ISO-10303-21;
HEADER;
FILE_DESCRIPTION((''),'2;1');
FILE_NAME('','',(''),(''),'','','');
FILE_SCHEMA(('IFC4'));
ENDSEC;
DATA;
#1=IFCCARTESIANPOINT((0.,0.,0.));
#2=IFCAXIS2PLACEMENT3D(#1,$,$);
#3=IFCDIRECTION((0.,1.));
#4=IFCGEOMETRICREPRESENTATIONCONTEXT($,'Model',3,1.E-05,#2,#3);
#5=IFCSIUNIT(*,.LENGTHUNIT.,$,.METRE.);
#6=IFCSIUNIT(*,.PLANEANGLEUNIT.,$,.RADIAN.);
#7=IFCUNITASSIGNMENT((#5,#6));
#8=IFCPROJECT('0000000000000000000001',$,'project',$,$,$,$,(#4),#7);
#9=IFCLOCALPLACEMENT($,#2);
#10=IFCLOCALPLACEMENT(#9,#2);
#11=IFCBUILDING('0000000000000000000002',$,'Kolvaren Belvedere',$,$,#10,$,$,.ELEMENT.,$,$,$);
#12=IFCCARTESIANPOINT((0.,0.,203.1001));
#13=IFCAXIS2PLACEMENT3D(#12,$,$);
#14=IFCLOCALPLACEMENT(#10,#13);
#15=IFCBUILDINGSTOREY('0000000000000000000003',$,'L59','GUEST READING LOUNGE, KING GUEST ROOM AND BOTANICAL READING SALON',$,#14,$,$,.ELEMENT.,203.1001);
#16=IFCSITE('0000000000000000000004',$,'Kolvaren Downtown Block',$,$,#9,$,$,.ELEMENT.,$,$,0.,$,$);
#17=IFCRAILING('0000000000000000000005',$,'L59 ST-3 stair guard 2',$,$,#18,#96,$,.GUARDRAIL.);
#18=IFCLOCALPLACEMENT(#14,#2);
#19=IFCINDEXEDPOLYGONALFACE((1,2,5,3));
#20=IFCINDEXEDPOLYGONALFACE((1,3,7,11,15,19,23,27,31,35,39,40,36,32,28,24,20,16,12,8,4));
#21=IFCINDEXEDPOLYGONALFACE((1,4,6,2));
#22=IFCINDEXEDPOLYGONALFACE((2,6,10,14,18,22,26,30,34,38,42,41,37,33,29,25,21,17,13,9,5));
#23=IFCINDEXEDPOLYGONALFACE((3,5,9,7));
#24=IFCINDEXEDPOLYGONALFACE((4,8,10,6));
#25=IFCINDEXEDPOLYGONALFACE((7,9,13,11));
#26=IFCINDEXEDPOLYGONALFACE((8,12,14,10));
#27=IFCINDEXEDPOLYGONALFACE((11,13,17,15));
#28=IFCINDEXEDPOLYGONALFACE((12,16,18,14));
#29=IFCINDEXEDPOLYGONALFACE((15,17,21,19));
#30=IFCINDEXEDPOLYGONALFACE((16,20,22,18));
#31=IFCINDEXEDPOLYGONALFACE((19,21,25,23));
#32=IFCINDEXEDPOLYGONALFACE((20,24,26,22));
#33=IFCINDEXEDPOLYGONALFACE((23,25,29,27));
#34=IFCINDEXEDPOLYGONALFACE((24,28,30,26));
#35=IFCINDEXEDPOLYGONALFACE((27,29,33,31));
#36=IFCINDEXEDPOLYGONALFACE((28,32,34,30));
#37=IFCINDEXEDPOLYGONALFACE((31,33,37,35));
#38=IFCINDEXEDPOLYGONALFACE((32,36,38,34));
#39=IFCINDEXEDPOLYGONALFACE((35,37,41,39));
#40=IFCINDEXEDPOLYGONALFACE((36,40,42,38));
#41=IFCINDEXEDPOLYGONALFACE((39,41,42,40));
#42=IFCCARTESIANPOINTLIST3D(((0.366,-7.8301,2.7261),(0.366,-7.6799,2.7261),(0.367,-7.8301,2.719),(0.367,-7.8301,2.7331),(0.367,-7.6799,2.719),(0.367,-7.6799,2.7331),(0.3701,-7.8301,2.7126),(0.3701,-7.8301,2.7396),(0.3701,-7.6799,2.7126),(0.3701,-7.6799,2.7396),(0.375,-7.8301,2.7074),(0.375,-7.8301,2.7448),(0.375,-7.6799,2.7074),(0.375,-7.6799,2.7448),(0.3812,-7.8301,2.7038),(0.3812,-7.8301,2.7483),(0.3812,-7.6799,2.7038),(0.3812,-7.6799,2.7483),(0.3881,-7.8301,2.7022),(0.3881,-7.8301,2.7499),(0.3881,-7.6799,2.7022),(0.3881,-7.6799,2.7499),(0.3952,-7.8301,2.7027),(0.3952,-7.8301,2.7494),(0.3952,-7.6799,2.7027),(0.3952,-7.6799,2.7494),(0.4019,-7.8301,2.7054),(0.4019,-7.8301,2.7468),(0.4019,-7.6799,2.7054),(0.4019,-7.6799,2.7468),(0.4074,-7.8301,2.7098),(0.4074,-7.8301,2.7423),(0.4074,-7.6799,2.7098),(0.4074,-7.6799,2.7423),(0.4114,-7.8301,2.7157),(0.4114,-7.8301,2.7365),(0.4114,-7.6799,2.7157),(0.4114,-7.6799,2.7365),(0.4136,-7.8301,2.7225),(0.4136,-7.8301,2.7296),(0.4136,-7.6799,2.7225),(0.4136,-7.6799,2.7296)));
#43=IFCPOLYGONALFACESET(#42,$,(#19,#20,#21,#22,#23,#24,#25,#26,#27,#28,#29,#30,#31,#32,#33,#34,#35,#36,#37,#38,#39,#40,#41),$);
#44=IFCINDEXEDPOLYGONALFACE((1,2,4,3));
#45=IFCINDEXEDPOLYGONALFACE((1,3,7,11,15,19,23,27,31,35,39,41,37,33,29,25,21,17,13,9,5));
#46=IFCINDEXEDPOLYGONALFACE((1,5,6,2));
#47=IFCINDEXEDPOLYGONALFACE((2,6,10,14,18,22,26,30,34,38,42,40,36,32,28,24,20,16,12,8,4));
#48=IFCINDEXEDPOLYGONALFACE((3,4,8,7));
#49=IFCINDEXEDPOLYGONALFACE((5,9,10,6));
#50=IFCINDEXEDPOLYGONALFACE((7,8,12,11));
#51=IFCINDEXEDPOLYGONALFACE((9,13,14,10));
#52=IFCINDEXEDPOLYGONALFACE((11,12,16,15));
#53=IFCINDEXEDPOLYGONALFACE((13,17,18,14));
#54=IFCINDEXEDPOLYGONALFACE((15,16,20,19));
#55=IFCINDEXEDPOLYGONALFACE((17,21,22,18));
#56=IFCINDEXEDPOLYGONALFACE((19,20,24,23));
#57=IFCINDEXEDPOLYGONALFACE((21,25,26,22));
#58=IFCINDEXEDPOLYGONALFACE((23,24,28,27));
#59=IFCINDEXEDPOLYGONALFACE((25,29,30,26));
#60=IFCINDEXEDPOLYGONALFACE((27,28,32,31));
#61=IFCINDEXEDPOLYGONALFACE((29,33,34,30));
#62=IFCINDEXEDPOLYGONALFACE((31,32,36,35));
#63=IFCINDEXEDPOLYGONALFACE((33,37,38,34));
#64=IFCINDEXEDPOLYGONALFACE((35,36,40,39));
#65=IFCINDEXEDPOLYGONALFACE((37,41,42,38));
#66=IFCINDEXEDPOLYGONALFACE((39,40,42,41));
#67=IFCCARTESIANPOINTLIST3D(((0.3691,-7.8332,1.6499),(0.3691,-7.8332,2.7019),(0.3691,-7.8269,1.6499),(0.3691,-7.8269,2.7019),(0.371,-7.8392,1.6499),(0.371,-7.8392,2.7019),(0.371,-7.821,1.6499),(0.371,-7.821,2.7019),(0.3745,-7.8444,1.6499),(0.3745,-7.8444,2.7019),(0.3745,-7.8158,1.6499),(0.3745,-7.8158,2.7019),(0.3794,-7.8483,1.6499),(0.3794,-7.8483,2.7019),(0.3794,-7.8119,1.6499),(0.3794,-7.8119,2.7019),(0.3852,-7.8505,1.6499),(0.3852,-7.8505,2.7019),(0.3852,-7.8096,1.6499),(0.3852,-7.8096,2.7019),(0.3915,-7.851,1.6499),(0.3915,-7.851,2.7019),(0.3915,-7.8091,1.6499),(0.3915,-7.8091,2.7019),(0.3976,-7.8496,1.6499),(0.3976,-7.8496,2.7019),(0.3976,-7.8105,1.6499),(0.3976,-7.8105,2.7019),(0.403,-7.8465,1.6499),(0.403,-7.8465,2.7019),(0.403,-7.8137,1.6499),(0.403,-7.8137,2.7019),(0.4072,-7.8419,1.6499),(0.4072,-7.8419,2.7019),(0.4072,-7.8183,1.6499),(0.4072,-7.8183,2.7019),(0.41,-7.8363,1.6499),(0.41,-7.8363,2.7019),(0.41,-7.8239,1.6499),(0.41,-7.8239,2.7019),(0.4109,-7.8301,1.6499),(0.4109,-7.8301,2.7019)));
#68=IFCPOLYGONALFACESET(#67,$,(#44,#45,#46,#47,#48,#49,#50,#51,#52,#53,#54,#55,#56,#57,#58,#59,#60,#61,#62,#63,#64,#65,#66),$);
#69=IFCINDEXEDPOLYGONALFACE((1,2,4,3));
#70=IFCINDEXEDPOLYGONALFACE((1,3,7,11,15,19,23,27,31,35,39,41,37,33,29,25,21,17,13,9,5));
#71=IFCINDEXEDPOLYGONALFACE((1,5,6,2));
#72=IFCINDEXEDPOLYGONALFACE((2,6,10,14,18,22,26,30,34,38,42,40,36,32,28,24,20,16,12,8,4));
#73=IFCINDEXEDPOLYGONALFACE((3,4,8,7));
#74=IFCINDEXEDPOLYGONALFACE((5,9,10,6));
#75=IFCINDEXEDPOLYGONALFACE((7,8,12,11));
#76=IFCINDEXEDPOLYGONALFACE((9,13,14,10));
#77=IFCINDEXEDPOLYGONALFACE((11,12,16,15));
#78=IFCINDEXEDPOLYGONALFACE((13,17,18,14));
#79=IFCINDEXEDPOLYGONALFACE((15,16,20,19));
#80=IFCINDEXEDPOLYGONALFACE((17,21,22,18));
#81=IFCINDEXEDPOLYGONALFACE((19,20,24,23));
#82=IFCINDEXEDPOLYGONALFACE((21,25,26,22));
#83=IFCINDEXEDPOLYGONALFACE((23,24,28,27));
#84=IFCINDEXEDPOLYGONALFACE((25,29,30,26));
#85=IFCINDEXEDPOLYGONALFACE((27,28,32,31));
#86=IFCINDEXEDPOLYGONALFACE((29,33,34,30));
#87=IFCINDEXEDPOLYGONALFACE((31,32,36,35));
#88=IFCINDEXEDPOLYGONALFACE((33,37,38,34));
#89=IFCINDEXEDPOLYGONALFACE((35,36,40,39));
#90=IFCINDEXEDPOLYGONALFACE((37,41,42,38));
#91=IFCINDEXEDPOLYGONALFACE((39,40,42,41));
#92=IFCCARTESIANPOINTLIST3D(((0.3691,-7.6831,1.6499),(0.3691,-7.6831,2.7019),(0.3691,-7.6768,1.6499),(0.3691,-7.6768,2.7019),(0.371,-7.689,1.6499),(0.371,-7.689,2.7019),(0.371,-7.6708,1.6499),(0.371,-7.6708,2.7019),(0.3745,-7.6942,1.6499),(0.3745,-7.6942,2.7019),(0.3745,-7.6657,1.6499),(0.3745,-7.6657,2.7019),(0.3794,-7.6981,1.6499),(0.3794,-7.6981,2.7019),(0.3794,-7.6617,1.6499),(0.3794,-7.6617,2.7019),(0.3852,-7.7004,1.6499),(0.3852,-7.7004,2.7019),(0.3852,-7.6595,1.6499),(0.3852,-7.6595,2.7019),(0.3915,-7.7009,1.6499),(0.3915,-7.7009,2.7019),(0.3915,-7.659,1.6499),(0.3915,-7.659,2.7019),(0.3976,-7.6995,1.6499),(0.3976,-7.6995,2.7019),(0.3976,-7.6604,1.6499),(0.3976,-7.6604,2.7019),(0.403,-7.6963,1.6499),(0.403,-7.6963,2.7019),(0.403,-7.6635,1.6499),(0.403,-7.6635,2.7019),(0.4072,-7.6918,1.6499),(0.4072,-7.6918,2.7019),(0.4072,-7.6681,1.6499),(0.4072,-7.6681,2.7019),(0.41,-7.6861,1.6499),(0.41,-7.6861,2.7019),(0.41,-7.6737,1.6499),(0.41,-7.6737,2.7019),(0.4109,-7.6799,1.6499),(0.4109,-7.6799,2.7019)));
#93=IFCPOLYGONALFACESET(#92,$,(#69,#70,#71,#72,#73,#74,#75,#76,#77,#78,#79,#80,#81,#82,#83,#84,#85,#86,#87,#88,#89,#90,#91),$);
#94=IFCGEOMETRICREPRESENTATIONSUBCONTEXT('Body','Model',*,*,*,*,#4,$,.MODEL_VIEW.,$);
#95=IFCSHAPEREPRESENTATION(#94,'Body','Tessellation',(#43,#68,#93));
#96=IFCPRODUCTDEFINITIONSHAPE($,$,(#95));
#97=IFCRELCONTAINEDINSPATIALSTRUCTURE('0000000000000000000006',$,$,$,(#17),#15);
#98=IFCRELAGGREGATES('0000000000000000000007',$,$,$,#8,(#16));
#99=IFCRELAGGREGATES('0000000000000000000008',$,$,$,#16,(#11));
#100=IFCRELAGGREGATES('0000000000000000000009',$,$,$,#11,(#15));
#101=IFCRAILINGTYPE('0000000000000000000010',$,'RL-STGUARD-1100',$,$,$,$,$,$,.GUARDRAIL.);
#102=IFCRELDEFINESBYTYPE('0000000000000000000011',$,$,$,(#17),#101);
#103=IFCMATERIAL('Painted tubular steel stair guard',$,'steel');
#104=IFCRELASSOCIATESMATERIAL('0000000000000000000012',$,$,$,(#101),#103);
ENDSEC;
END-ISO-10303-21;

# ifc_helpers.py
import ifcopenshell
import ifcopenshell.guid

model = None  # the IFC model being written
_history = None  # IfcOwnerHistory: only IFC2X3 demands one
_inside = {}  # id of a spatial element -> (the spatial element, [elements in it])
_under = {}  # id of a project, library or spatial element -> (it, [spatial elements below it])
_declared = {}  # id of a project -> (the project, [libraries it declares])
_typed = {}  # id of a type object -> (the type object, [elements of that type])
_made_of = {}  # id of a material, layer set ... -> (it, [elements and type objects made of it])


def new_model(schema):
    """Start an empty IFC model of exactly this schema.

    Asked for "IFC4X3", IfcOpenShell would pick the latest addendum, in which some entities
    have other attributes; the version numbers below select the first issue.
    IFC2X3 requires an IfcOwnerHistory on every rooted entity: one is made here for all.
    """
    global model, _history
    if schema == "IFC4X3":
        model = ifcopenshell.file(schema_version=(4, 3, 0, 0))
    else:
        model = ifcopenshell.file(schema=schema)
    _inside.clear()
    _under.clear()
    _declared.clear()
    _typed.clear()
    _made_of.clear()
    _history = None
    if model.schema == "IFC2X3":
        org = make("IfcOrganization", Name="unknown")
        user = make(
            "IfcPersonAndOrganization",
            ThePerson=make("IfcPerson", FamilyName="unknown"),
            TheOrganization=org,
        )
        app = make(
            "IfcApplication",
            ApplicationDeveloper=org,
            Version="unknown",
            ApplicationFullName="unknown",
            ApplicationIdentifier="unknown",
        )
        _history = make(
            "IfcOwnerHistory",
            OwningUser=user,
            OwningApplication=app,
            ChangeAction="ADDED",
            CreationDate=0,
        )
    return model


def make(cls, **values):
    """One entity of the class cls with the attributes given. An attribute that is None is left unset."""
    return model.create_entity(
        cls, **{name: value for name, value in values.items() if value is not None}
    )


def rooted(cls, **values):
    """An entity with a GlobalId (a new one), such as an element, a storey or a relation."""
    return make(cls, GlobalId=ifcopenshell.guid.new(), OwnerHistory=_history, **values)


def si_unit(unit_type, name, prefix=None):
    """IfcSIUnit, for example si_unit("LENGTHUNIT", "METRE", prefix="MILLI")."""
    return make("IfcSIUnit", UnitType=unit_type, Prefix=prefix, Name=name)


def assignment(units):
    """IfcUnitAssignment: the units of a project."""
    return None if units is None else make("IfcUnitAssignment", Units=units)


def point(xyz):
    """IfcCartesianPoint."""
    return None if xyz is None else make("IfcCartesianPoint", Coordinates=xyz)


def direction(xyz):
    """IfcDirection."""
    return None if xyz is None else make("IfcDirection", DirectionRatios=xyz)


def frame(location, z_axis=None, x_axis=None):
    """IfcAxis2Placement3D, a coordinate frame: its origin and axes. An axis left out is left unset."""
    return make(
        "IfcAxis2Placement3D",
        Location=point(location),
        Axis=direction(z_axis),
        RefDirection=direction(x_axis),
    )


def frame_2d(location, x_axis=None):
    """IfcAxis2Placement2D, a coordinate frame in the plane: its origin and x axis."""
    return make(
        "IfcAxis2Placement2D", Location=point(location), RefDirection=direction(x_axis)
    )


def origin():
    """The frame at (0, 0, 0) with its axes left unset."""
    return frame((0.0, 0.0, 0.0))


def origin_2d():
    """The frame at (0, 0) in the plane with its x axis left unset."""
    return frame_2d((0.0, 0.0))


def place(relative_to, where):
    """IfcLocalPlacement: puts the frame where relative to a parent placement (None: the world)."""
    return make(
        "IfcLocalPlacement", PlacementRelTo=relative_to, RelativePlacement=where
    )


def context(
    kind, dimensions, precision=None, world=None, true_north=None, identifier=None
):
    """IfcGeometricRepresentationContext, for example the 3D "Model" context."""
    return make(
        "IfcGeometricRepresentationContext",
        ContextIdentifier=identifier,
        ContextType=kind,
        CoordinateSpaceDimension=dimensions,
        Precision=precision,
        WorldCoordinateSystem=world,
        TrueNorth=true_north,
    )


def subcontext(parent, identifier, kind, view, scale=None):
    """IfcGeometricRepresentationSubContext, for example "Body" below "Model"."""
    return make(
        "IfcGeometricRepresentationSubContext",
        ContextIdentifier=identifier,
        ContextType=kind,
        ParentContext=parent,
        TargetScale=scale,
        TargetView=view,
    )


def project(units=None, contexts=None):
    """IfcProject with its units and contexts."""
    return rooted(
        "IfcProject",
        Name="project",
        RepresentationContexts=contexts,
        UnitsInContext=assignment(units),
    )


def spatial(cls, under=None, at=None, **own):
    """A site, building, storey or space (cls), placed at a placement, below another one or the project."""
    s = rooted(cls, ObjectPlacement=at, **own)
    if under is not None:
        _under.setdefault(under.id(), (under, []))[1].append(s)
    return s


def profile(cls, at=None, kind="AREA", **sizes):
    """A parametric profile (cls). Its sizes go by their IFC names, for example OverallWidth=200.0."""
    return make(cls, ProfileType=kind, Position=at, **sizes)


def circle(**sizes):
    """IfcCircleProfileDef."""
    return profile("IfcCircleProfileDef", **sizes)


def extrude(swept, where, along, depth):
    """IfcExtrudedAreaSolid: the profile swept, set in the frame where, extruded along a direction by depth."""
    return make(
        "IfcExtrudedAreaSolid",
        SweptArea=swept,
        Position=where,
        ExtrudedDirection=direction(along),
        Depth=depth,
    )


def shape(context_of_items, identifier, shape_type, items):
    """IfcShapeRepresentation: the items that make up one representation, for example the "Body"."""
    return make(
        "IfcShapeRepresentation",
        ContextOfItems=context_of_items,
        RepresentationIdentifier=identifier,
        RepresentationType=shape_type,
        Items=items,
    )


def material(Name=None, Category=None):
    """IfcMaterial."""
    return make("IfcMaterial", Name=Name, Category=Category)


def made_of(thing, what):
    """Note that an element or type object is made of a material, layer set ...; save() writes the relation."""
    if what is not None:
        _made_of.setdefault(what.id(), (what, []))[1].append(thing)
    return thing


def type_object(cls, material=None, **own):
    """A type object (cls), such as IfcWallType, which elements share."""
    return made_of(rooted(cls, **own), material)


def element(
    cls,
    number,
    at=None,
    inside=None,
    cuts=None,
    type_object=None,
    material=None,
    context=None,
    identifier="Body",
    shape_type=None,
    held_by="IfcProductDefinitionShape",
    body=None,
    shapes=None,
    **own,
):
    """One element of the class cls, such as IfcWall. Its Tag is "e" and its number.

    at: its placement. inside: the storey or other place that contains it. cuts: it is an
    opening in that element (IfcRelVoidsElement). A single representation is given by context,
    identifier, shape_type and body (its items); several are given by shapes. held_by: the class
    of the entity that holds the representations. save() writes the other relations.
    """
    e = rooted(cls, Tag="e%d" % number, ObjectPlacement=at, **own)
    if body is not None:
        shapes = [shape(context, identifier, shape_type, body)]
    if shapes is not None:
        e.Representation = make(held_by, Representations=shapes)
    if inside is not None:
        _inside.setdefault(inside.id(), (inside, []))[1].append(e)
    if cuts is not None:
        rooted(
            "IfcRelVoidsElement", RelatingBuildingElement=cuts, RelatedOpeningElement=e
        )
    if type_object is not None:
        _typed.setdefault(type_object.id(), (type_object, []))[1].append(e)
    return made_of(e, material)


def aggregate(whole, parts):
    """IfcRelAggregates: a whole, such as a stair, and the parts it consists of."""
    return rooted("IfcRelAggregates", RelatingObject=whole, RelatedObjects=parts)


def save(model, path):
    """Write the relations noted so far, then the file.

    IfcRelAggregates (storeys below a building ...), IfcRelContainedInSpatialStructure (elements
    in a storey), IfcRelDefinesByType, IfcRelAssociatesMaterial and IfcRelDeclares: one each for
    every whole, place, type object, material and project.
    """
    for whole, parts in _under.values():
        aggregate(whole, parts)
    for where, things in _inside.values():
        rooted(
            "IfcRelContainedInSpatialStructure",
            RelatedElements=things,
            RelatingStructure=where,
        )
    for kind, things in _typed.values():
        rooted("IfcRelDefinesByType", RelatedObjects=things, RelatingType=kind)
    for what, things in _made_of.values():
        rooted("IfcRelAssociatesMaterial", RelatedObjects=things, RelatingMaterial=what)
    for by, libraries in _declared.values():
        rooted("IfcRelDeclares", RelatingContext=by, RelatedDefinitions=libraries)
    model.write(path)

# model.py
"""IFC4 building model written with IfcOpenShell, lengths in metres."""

from ifc_helpers import new_model, si_unit, direction, frame, origin, origin_2d, place, context, subcontext, project, spatial, circle, extrude, material, type_object, element, save


model = new_model("IFC4")

# Units and contexts
model_context = context("Model", 3, precision=1e-05, world=origin(), true_north=direction((0.0, 1.0)))
body_context = subcontext(model_context, "Body", "Model", "MODEL_VIEW")
ifc_project = project(units=[si_unit("LENGTHUNIT", "METRE"), si_unit("PLANEANGLEUNIT", "RADIAN")], contexts=[model_context])

# Site, building, storey
site_placement = place(None, origin())
site = spatial("IfcSite", under=ifc_project, at=site_placement, Name="Kolvaren Downtown Block", CompositionType="ELEMENT", RefElevation=0.0)
building_placement = place(site_placement, origin())
building = spatial("IfcBuilding", under=site, at=building_placement, Name="Kolvaren Belvedere", CompositionType="ELEMENT")
storey_placement = place(building_placement, frame((0.0, 0.0, 203.1001)))
storey = spatial("IfcBuildingStorey", under=building, at=storey_placement, Name="L59", Description="GUEST READING LOUNGE, KING GUEST ROOM AND BOTANICAL READING SALON", CompositionType="ELEMENT", Elevation=203.1001)

# Railing
ifc_material_1 = material(Name="Painted tubular steel stair guard", Category="steel")
railing_type_1 = type_object("IfcRailingType", Name="RL-STGUARD-1100", PredefinedType="GUARDRAIL", material=ifc_material_1)
railing_1_placement = place(storey_placement, frame((0.3899, -7.8301, 1.6499)))
element("IfcRailing", 1, at=railing_1_placement, inside=storey, type_object=railing_type_1, Name="L59 ST-3 stair guard 2", PredefinedType="GUARDRAIL", context=body_context, shape_type="SweptSolid", body=[
    extrude(circle(Radius=0.0239, at=origin_2d()), frame((0.0, 0.0, 1.0762), z_axis=(0.0, 1.0, 0.0), x_axis=(-1.0, 0.0, 0.0)), (0.0, 0.0, 1.0), 0.1501),
    extrude(circle(Radius=0.021, at=origin_2d()), origin(), (0.0, 0.0, 1.0), 1.052),
    extrude(circle(Radius=0.021, at=origin_2d()), frame((0.0, 0.1501, 0.0)), (0.0, 0.0, 1.0), 1.052),
])

save(model, "model.ifc")
